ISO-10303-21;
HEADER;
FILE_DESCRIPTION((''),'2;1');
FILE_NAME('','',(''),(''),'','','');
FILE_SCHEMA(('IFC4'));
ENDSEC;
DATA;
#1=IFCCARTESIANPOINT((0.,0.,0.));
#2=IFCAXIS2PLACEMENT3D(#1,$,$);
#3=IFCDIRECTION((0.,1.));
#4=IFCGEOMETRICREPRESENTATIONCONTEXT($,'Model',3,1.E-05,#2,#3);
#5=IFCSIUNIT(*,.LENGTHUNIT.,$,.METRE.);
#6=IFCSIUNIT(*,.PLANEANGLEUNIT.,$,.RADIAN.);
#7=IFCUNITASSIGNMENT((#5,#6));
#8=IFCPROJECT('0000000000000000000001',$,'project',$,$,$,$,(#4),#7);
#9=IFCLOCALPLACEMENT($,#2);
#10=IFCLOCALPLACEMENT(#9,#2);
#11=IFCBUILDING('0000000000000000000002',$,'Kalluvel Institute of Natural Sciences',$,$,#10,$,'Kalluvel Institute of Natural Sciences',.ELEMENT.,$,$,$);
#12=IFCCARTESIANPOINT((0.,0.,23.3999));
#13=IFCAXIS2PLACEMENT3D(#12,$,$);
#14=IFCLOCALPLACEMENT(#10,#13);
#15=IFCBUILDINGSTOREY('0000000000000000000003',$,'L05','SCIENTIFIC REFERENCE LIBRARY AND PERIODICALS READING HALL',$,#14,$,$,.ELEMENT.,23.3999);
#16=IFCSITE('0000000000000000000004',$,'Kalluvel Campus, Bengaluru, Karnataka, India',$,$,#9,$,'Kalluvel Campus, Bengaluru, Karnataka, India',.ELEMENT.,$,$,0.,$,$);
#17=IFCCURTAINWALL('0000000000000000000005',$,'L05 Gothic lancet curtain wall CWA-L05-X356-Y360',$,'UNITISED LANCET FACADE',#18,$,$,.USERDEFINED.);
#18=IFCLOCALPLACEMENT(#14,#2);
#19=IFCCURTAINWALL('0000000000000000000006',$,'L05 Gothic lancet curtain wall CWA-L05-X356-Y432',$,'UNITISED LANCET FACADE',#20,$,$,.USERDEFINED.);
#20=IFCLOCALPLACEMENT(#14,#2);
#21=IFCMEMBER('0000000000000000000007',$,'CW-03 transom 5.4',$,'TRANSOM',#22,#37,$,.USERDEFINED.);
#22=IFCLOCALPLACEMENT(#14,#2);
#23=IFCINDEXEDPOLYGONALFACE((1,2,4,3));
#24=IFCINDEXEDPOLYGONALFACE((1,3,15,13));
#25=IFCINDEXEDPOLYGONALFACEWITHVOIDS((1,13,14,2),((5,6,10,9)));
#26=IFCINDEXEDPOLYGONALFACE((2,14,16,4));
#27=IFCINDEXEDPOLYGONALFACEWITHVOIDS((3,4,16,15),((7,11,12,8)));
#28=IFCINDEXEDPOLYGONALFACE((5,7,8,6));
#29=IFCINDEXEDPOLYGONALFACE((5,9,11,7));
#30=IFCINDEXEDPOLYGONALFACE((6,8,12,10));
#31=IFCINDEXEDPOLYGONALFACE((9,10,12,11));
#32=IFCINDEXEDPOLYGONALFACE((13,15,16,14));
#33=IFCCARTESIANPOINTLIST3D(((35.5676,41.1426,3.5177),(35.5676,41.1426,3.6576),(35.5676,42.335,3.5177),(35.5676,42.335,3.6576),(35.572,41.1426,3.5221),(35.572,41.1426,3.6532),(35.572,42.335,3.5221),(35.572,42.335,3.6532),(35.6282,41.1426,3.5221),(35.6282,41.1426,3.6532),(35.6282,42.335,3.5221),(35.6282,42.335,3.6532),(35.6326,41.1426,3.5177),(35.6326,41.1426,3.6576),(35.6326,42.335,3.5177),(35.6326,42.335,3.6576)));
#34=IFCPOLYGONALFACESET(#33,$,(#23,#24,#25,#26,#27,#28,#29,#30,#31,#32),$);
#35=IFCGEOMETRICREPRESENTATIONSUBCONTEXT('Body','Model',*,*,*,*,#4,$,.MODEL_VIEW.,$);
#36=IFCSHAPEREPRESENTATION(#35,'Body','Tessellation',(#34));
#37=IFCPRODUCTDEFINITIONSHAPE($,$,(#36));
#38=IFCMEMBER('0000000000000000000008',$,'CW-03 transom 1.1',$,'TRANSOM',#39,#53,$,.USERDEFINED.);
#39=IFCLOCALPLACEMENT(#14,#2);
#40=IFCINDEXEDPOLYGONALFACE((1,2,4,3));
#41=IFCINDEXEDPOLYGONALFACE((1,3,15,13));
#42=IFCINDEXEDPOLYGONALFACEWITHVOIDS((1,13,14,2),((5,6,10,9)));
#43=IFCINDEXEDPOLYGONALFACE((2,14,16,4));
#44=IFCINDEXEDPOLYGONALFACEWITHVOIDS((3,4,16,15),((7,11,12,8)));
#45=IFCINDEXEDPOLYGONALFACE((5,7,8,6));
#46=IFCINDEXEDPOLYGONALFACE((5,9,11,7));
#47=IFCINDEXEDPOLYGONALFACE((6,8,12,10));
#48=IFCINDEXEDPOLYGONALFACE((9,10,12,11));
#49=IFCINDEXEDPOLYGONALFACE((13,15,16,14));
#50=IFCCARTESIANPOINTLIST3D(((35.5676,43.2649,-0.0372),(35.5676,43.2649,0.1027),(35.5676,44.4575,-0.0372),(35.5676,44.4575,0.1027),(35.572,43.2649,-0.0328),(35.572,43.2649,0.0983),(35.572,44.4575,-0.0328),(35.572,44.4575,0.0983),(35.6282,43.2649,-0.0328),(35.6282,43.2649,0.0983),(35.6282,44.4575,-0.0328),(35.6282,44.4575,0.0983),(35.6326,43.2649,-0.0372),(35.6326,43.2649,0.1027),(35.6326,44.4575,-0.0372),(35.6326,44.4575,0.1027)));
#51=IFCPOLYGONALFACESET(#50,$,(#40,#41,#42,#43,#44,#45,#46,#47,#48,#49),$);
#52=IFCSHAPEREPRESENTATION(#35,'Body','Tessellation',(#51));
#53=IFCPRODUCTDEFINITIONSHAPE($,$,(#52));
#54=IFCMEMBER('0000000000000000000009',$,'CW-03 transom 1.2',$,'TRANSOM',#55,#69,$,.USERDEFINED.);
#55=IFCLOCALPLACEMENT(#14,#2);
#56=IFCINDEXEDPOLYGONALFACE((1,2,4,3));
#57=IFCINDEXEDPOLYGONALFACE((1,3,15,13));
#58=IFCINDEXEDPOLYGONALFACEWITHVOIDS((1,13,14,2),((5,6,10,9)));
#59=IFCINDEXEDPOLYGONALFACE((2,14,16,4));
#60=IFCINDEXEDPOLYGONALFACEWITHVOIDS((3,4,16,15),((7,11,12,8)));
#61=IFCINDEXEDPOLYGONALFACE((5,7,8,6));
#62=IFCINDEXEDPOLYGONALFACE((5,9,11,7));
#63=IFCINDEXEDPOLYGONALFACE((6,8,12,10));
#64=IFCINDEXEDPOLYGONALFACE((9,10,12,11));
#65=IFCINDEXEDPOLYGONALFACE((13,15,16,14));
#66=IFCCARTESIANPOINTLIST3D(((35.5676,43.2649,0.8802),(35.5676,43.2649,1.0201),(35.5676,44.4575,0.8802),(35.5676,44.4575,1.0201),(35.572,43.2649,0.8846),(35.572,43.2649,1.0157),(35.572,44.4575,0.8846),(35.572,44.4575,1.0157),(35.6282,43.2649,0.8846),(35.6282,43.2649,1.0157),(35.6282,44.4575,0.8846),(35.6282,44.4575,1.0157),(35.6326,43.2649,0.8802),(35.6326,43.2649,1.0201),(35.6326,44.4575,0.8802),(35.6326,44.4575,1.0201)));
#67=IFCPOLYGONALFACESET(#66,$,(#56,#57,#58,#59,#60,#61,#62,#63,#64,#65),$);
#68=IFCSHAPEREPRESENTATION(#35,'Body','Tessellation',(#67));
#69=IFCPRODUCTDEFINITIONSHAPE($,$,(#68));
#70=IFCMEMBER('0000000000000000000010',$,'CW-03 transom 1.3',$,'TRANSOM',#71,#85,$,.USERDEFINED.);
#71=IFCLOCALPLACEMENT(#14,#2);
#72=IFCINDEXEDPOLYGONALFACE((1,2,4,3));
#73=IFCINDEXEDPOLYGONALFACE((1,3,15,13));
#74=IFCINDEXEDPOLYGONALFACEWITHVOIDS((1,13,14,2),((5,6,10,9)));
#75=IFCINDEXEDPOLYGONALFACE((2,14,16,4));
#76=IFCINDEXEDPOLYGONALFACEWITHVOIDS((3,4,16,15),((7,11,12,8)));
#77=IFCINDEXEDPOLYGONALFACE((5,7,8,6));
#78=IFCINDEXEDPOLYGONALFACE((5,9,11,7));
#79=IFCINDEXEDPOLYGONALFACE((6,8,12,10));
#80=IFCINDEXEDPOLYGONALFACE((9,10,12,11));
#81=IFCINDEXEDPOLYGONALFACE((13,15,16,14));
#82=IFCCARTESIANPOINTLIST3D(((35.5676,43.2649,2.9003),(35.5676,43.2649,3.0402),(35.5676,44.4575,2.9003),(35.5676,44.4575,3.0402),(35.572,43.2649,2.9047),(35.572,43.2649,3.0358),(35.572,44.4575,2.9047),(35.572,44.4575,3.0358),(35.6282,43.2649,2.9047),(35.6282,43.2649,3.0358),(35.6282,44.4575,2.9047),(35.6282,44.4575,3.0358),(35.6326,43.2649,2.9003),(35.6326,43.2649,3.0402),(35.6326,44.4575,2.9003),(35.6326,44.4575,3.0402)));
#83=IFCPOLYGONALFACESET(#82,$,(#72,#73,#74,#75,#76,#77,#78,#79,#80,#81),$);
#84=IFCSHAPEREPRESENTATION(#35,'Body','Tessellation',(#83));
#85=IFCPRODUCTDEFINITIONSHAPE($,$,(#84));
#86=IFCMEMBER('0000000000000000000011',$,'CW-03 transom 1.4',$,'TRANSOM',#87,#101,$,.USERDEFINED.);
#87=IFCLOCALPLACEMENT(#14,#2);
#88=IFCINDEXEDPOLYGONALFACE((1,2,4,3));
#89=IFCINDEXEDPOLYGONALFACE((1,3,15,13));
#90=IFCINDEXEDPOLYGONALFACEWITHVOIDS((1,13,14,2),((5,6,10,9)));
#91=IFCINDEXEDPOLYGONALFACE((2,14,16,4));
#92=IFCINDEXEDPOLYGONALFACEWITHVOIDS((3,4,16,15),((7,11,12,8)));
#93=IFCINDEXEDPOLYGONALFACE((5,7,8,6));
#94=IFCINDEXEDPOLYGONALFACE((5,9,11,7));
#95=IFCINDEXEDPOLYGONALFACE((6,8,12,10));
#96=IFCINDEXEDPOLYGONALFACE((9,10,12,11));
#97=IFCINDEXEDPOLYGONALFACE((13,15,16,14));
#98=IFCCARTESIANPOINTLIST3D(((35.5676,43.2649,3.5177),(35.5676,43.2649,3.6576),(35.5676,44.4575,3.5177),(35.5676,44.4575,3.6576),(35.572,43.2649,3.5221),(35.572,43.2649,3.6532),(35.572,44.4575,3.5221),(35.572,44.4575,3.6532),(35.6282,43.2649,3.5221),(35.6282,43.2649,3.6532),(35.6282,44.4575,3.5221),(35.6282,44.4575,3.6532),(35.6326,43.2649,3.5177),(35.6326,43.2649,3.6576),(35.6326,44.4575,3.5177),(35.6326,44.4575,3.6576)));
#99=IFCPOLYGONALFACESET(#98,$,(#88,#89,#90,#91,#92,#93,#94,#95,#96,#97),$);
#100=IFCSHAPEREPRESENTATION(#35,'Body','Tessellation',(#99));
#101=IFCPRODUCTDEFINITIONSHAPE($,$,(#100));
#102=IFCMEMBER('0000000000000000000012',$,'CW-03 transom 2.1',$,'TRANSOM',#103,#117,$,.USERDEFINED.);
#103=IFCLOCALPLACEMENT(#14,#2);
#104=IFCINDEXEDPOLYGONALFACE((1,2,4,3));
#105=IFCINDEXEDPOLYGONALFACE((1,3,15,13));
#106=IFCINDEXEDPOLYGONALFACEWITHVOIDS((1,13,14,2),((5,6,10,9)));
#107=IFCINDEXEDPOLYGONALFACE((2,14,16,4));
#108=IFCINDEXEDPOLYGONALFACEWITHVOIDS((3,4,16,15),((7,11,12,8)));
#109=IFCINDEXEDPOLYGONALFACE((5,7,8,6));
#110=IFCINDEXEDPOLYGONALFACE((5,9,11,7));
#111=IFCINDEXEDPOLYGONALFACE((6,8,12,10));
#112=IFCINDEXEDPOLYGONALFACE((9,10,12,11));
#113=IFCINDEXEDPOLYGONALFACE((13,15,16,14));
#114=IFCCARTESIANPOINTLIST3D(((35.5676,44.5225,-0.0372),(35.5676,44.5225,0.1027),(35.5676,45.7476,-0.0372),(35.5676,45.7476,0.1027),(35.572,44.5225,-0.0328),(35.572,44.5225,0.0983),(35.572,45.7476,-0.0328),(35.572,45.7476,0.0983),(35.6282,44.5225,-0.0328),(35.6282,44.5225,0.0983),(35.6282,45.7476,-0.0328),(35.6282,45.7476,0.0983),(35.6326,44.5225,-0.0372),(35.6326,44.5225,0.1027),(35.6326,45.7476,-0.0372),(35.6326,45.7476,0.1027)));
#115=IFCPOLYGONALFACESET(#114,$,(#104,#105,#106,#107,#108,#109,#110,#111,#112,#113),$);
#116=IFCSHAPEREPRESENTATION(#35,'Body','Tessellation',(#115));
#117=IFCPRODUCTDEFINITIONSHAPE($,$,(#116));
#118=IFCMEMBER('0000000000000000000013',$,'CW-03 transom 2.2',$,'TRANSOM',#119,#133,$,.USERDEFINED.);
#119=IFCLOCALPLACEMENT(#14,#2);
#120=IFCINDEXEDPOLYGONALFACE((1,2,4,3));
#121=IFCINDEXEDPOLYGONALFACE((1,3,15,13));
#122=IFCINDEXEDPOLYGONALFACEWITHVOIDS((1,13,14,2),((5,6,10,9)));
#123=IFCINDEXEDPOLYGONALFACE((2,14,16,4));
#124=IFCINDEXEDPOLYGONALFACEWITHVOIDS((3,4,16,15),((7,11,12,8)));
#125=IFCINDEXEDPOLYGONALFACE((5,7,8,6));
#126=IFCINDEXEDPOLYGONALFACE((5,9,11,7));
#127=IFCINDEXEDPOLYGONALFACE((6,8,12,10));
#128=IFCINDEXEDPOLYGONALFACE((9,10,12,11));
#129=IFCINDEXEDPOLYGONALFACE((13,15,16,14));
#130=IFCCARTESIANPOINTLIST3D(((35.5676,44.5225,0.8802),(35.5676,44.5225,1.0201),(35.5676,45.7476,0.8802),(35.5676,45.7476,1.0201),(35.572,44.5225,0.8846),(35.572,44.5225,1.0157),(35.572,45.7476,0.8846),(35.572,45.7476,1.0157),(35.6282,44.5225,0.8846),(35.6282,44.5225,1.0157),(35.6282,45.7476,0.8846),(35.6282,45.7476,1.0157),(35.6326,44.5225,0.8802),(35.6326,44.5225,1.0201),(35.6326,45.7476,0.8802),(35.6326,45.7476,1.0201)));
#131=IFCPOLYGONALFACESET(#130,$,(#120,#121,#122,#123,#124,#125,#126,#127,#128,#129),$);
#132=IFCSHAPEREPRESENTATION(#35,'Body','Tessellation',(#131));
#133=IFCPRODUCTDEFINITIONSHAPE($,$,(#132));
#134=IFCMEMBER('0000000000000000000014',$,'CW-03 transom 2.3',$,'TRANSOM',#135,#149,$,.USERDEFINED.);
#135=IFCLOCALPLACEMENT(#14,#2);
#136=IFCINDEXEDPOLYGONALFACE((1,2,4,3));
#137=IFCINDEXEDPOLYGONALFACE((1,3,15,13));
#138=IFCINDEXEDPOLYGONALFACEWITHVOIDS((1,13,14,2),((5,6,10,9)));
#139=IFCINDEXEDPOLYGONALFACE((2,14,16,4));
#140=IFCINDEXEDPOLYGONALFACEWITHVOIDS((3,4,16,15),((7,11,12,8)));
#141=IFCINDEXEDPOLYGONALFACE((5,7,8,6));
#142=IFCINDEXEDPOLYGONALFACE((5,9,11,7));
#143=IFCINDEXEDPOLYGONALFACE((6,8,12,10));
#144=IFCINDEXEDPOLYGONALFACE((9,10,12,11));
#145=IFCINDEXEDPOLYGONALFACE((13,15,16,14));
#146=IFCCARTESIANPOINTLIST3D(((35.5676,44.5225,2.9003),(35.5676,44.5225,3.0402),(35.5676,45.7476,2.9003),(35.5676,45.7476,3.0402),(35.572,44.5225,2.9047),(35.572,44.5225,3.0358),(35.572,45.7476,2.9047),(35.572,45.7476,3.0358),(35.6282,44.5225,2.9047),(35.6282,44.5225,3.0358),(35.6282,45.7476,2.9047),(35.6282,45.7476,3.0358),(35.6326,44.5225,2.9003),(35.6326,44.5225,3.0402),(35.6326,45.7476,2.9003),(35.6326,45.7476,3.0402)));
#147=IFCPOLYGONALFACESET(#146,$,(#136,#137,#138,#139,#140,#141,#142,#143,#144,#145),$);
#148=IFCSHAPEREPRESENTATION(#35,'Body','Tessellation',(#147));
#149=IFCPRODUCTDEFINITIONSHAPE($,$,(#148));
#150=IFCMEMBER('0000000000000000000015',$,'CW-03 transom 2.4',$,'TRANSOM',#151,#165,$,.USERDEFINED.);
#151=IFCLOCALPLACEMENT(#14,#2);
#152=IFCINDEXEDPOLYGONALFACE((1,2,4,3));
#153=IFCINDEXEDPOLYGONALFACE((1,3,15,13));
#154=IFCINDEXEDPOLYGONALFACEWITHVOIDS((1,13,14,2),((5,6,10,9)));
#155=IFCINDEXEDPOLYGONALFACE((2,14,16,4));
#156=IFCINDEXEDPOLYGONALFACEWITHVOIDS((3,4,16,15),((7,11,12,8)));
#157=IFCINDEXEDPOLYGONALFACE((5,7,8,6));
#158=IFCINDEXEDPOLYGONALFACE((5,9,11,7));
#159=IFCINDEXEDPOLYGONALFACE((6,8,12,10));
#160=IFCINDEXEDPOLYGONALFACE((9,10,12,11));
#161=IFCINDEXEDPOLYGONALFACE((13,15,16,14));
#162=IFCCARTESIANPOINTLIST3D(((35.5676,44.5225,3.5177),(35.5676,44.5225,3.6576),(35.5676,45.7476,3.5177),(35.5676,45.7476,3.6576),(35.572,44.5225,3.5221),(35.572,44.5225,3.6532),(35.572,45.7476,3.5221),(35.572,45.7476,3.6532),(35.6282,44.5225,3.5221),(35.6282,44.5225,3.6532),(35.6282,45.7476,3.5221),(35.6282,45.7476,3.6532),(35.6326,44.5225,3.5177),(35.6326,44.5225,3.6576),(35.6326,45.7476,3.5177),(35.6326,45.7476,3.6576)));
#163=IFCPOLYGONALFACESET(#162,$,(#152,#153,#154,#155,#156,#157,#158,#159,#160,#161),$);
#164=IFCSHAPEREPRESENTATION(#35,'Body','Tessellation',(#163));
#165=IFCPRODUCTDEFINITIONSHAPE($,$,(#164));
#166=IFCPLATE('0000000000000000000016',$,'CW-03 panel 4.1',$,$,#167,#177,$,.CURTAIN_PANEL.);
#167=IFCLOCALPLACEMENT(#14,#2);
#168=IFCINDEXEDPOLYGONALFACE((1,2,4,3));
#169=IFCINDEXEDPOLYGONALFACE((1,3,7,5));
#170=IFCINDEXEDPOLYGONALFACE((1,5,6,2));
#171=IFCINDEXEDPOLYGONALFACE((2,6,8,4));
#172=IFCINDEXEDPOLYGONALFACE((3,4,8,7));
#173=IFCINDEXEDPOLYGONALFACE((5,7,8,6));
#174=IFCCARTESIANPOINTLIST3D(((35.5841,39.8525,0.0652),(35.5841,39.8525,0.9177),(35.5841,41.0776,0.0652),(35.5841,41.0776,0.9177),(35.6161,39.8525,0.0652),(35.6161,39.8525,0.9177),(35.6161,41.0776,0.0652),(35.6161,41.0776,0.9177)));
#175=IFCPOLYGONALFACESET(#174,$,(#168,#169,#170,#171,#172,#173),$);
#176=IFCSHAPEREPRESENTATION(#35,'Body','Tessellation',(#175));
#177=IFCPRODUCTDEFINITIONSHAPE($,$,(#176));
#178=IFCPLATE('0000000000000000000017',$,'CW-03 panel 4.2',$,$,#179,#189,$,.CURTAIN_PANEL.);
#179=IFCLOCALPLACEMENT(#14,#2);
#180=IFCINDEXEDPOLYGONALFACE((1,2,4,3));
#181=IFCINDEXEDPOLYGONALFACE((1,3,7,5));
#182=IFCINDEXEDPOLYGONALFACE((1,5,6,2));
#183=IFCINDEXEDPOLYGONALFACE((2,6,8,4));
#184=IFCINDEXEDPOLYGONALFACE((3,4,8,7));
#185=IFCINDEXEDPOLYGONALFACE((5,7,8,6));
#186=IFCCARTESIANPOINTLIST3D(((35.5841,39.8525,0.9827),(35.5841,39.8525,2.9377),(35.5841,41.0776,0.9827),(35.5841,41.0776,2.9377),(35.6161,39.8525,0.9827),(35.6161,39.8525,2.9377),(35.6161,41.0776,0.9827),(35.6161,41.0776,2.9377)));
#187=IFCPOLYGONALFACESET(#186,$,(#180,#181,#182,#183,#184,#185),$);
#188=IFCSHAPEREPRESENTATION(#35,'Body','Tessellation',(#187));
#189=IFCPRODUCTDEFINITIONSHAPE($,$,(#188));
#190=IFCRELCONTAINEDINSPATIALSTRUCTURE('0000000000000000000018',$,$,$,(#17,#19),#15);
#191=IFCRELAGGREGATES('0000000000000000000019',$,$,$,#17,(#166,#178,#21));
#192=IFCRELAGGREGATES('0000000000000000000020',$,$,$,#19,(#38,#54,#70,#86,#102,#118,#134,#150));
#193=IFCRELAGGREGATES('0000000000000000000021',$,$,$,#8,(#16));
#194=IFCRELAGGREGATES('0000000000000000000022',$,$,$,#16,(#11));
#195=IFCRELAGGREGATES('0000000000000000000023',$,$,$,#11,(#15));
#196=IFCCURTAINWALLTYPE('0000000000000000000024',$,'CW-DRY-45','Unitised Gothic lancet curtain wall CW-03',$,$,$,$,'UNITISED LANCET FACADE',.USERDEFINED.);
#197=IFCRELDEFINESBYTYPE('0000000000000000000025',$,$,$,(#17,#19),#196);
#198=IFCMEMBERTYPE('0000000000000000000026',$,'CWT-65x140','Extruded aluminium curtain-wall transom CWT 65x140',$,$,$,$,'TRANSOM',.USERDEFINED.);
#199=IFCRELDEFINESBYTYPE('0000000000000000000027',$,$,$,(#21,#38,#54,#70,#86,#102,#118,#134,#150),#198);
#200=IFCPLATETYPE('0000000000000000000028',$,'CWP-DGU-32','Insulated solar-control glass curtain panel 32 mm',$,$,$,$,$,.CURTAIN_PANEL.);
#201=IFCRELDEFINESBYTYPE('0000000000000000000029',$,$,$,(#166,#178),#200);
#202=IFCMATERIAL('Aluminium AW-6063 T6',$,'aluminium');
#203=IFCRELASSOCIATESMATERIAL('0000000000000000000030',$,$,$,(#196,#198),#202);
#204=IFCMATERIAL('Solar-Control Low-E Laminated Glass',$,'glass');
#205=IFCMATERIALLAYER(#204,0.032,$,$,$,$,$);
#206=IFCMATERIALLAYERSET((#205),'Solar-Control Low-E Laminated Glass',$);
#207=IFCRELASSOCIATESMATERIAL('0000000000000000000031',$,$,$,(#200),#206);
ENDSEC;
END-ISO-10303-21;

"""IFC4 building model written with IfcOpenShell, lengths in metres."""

from ifc_helpers import new_model, si_unit, direction, frame, origin, origin_2d, place, context, subcontext, project, spatial, rectangle, hollow_rectangle, extrude, material, layer, layer_set, material_profile, profile_set, type_object, element, aggregate, save


model = new_model("IFC4")

# Units and contexts
model_context = context("Model", 3, precision=1e-05, world=origin(), true_north=direction((0.0, 1.0)))
body_context = subcontext(model_context, "Body", "Model", "MODEL_VIEW")
ifc_project = project(units=[si_unit("LENGTHUNIT", "METRE"), si_unit("PLANEANGLEUNIT", "RADIAN")], contexts=[model_context])

# Site, building, storey
site_placement = place(None, origin())
site = spatial("IfcSite", under=ifc_project, at=site_placement, Name="Kalluvel Campus, Bengaluru, Karnataka, India", LongName="Kalluvel Campus, Bengaluru, Karnataka, India", CompositionType="ELEMENT", RefElevation=0.0)
building_placement = place(site_placement, origin())
building = spatial("IfcBuilding", under=site, at=building_placement, Name="Kalluvel Institute of Natural Sciences", LongName="Kalluvel Institute of Natural Sciences", CompositionType="ELEMENT")
storey_placement = place(building_placement, frame((0.0, 0.0, 23.3999)))
storey = spatial("IfcBuildingStorey", under=building, at=storey_placement, Name="L05", Description="SCIENTIFIC REFERENCE LIBRARY AND PERIODICALS READING HALL", CompositionType="ELEMENT", Elevation=23.3999)

# Curtain walls
ifc_material_1 = material(Name="Aluminium AW-6063 T6", Category="aluminium")
curtain_wall_type = type_object("IfcCurtainWallType", Name="CW-DRY-45", Description="Unitised Gothic lancet curtain wall CW-03", ElementType="UNITISED LANCET FACADE", PredefinedType="USERDEFINED", material=ifc_material_1)
curtain_wall_1_placement = place(storey_placement, origin())
curtain_wall_1 = element("IfcCurtainWall", 1, at=curtain_wall_1_placement, inside=storey, type_object=curtain_wall_type, Name="L05 Gothic lancet curtain wall CWA-L05-X356-Y360", ObjectType="UNITISED LANCET FACADE", PredefinedType="USERDEFINED")
curtain_wall_2_placement = place(storey_placement, origin())
curtain_wall_2 = element("IfcCurtainWall", 2, at=curtain_wall_2_placement, inside=storey, type_object=curtain_wall_type, Name="L05 Gothic lancet curtain wall CWA-L05-X356-Y432", ObjectType="UNITISED LANCET FACADE", PredefinedType="USERDEFINED")

# Members
ifc_material_profile_1 = material_profile(ifc_material_1, hollow_rectangle(XDim=0.0649, YDim=0.1399, WallThickness=0.0044, at=origin_2d()), Name="CWT 65x140")
ifc_profile_set_1 = profile_set([ifc_material_profile_1], Name="Aluminium AW-6063 T6")
member_type_1 = type_object("IfcMemberType", Name="CWT-65x140", Description="Extruded aluminium curtain-wall transom CWT 65x140", ElementType="TRANSOM", PredefinedType="USERDEFINED", material=ifc_profile_set_1)
member_1_placement = place(storey_placement, frame((35.6001, 41.1426, 3.5876), z_axis=(0.0, 1.0, 0.0), x_axis=(-1.0, 0.0, 0.0)))
member_1 = element("IfcMember", 3, at=member_1_placement, type_object=member_type_1, Name="CW-03 transom 5.4", ObjectType="TRANSOM", PredefinedType="USERDEFINED", context=body_context, shape_type="SweptSolid", body=[
    extrude(hollow_rectangle(XDim=0.0649, YDim=0.1399, WallThickness=0.0044, at=origin_2d()), origin(), (0.0, 0.0, 1.0), 1.1924),
])
member_2_placement = place(storey_placement, frame((35.6001, 43.2649, 0.0327), z_axis=(0.0, 1.0, 0.0), x_axis=(-1.0, 0.0, 0.0)))
member_2 = element("IfcMember", 4, at=member_2_placement, type_object=member_type_1, Name="CW-03 transom 1.1", ObjectType="TRANSOM", PredefinedType="USERDEFINED", context=body_context, shape_type="SweptSolid", body=[
    extrude(hollow_rectangle(XDim=0.0649, YDim=0.1399, WallThickness=0.0044, at=origin_2d()), origin(), (0.0, 0.0, 1.0), 1.1926),
])
member_3_placement = place(storey_placement, frame((35.6001, 43.2649, 0.9502), z_axis=(0.0, 1.0, 0.0), x_axis=(-1.0, 0.0, 0.0)))
member_3 = element("IfcMember", 5, at=member_3_placement, type_object=member_type_1, Name="CW-03 transom 1.2", ObjectType="TRANSOM", PredefinedType="USERDEFINED", context=body_context, shape_type="SweptSolid", body=[
    extrude(hollow_rectangle(XDim=0.0649, YDim=0.1399, WallThickness=0.0044, at=origin_2d()), origin(), (0.0, 0.0, 1.0), 1.1926),
])
member_4_placement = place(storey_placement, frame((35.6001, 43.2649, 2.9702), z_axis=(0.0, 1.0, 0.0), x_axis=(-1.0, 0.0, 0.0)))
member_4 = element("IfcMember", 6, at=member_4_placement, type_object=member_type_1, Name="CW-03 transom 1.3", ObjectType="TRANSOM", PredefinedType="USERDEFINED", context=body_context, shape_type="SweptSolid", body=[
    extrude(hollow_rectangle(XDim=0.0649, YDim=0.1399, WallThickness=0.0044, at=origin_2d()), origin(), (0.0, 0.0, 1.0), 1.1926),
])
member_5_placement = place(storey_placement, frame((35.6001, 43.2649, 3.5876), z_axis=(0.0, 1.0, 0.0), x_axis=(-1.0, 0.0, 0.0)))
member_5 = element("IfcMember", 7, at=member_5_placement, type_object=member_type_1, Name="CW-03 transom 1.4", ObjectType="TRANSOM", PredefinedType="USERDEFINED", context=body_context, shape_type="SweptSolid", body=[
    extrude(hollow_rectangle(XDim=0.0649, YDim=0.1399, WallThickness=0.0044, at=origin_2d()), origin(), (0.0, 0.0, 1.0), 1.1926),
])
member_6_placement = place(storey_placement, frame((35.6001, 44.5225, 0.0327), z_axis=(0.0, 1.0, 0.0), x_axis=(-1.0, 0.0, 0.0)))
member_6 = element("IfcMember", 8, at=member_6_placement, type_object=member_type_1, Name="CW-03 transom 2.1", ObjectType="TRANSOM", PredefinedType="USERDEFINED", context=body_context, shape_type="SweptSolid", body=[
    extrude(hollow_rectangle(XDim=0.0649, YDim=0.1399, WallThickness=0.0044, at=origin_2d()), origin(), (0.0, 0.0, 1.0), 1.2251),
])
member_7_placement = place(storey_placement, frame((35.6001, 44.5225, 0.9502), z_axis=(0.0, 1.0, 0.0), x_axis=(-1.0, 0.0, 0.0)))
member_7 = element("IfcMember", 9, at=member_7_placement, type_object=member_type_1, Name="CW-03 transom 2.2", ObjectType="TRANSOM", PredefinedType="USERDEFINED", context=body_context, shape_type="SweptSolid", body=[
    extrude(hollow_rectangle(XDim=0.0649, YDim=0.1399, WallThickness=0.0044, at=origin_2d()), origin(), (0.0, 0.0, 1.0), 1.2251),
])
member_8_placement = place(storey_placement, frame((35.6001, 44.5225, 2.9702), z_axis=(0.0, 1.0, 0.0), x_axis=(-1.0, 0.0, 0.0)))
member_8 = element("IfcMember", 10, at=member_8_placement, type_object=member_type_1, Name="CW-03 transom 2.3", ObjectType="TRANSOM", PredefinedType="USERDEFINED", context=body_context, shape_type="SweptSolid", body=[
    extrude(hollow_rectangle(XDim=0.0649, YDim=0.1399, WallThickness=0.0044, at=origin_2d()), origin(), (0.0, 0.0, 1.0), 1.2251),
])
member_9_placement = place(storey_placement, frame((35.6001, 44.5225, 3.5876), z_axis=(0.0, 1.0, 0.0), x_axis=(-1.0, 0.0, 0.0)))
member_9 = element("IfcMember", 11, at=member_9_placement, type_object=member_type_1, Name="CW-03 transom 2.4", ObjectType="TRANSOM", PredefinedType="USERDEFINED", context=body_context, shape_type="SweptSolid", body=[
    extrude(hollow_rectangle(XDim=0.0649, YDim=0.1399, WallThickness=0.0044, at=origin_2d()), origin(), (0.0, 0.0, 1.0), 1.2251),
])

# Plates
ifc_material_2 = material(Name="Solar-Control Low-E Laminated Glass", Category="glass")
ifc_layer = layer(ifc_material_2, 0.032)
ifc_layer_set = layer_set([ifc_layer], Name="Solar-Control Low-E Laminated Glass")
plate_type = type_object("IfcPlateType", Name="CWP-DGU-32", Description="Insulated solar-control glass curtain panel 32 mm", PredefinedType="CURTAIN_PANEL", material=ifc_layer_set)
plate_1_placement = place(storey_placement, frame((35.6001, 40.4651, 0.0652), z_axis=(0.0, 0.0, 1.0), x_axis=(0.0, 1.0, 0.0)))
plate_1 = element("IfcPlate", 12, at=plate_1_placement, type_object=plate_type, Name="CW-03 panel 4.1", PredefinedType="CURTAIN_PANEL", context=body_context, shape_type="SweptSolid", body=[
    extrude(rectangle(XDim=1.2251, YDim=0.032, at=origin_2d()), origin(), (0.0, 0.0, 1.0), 0.8525),
])
plate_2_placement = place(storey_placement, frame((35.6001, 40.4651, 0.9827), z_axis=(0.0, 0.0, 1.0), x_axis=(0.0, 1.0, 0.0)))
plate_2 = element("IfcPlate", 13, at=plate_2_placement, type_object=plate_type, Name="CW-03 panel 4.2", PredefinedType="CURTAIN_PANEL", context=body_context, shape_type="SweptSolid", body=[
    extrude(rectangle(XDim=1.2251, YDim=0.032, at=origin_2d()), origin(), (0.0, 0.0, 1.0), 1.9551),
])
aggregate(curtain_wall_1, [plate_1, plate_2, member_1])
aggregate(curtain_wall_2, [member_2, member_3, member_4, member_5, member_6, member_7, member_8, member_9])

save(model, "model.ifc")
